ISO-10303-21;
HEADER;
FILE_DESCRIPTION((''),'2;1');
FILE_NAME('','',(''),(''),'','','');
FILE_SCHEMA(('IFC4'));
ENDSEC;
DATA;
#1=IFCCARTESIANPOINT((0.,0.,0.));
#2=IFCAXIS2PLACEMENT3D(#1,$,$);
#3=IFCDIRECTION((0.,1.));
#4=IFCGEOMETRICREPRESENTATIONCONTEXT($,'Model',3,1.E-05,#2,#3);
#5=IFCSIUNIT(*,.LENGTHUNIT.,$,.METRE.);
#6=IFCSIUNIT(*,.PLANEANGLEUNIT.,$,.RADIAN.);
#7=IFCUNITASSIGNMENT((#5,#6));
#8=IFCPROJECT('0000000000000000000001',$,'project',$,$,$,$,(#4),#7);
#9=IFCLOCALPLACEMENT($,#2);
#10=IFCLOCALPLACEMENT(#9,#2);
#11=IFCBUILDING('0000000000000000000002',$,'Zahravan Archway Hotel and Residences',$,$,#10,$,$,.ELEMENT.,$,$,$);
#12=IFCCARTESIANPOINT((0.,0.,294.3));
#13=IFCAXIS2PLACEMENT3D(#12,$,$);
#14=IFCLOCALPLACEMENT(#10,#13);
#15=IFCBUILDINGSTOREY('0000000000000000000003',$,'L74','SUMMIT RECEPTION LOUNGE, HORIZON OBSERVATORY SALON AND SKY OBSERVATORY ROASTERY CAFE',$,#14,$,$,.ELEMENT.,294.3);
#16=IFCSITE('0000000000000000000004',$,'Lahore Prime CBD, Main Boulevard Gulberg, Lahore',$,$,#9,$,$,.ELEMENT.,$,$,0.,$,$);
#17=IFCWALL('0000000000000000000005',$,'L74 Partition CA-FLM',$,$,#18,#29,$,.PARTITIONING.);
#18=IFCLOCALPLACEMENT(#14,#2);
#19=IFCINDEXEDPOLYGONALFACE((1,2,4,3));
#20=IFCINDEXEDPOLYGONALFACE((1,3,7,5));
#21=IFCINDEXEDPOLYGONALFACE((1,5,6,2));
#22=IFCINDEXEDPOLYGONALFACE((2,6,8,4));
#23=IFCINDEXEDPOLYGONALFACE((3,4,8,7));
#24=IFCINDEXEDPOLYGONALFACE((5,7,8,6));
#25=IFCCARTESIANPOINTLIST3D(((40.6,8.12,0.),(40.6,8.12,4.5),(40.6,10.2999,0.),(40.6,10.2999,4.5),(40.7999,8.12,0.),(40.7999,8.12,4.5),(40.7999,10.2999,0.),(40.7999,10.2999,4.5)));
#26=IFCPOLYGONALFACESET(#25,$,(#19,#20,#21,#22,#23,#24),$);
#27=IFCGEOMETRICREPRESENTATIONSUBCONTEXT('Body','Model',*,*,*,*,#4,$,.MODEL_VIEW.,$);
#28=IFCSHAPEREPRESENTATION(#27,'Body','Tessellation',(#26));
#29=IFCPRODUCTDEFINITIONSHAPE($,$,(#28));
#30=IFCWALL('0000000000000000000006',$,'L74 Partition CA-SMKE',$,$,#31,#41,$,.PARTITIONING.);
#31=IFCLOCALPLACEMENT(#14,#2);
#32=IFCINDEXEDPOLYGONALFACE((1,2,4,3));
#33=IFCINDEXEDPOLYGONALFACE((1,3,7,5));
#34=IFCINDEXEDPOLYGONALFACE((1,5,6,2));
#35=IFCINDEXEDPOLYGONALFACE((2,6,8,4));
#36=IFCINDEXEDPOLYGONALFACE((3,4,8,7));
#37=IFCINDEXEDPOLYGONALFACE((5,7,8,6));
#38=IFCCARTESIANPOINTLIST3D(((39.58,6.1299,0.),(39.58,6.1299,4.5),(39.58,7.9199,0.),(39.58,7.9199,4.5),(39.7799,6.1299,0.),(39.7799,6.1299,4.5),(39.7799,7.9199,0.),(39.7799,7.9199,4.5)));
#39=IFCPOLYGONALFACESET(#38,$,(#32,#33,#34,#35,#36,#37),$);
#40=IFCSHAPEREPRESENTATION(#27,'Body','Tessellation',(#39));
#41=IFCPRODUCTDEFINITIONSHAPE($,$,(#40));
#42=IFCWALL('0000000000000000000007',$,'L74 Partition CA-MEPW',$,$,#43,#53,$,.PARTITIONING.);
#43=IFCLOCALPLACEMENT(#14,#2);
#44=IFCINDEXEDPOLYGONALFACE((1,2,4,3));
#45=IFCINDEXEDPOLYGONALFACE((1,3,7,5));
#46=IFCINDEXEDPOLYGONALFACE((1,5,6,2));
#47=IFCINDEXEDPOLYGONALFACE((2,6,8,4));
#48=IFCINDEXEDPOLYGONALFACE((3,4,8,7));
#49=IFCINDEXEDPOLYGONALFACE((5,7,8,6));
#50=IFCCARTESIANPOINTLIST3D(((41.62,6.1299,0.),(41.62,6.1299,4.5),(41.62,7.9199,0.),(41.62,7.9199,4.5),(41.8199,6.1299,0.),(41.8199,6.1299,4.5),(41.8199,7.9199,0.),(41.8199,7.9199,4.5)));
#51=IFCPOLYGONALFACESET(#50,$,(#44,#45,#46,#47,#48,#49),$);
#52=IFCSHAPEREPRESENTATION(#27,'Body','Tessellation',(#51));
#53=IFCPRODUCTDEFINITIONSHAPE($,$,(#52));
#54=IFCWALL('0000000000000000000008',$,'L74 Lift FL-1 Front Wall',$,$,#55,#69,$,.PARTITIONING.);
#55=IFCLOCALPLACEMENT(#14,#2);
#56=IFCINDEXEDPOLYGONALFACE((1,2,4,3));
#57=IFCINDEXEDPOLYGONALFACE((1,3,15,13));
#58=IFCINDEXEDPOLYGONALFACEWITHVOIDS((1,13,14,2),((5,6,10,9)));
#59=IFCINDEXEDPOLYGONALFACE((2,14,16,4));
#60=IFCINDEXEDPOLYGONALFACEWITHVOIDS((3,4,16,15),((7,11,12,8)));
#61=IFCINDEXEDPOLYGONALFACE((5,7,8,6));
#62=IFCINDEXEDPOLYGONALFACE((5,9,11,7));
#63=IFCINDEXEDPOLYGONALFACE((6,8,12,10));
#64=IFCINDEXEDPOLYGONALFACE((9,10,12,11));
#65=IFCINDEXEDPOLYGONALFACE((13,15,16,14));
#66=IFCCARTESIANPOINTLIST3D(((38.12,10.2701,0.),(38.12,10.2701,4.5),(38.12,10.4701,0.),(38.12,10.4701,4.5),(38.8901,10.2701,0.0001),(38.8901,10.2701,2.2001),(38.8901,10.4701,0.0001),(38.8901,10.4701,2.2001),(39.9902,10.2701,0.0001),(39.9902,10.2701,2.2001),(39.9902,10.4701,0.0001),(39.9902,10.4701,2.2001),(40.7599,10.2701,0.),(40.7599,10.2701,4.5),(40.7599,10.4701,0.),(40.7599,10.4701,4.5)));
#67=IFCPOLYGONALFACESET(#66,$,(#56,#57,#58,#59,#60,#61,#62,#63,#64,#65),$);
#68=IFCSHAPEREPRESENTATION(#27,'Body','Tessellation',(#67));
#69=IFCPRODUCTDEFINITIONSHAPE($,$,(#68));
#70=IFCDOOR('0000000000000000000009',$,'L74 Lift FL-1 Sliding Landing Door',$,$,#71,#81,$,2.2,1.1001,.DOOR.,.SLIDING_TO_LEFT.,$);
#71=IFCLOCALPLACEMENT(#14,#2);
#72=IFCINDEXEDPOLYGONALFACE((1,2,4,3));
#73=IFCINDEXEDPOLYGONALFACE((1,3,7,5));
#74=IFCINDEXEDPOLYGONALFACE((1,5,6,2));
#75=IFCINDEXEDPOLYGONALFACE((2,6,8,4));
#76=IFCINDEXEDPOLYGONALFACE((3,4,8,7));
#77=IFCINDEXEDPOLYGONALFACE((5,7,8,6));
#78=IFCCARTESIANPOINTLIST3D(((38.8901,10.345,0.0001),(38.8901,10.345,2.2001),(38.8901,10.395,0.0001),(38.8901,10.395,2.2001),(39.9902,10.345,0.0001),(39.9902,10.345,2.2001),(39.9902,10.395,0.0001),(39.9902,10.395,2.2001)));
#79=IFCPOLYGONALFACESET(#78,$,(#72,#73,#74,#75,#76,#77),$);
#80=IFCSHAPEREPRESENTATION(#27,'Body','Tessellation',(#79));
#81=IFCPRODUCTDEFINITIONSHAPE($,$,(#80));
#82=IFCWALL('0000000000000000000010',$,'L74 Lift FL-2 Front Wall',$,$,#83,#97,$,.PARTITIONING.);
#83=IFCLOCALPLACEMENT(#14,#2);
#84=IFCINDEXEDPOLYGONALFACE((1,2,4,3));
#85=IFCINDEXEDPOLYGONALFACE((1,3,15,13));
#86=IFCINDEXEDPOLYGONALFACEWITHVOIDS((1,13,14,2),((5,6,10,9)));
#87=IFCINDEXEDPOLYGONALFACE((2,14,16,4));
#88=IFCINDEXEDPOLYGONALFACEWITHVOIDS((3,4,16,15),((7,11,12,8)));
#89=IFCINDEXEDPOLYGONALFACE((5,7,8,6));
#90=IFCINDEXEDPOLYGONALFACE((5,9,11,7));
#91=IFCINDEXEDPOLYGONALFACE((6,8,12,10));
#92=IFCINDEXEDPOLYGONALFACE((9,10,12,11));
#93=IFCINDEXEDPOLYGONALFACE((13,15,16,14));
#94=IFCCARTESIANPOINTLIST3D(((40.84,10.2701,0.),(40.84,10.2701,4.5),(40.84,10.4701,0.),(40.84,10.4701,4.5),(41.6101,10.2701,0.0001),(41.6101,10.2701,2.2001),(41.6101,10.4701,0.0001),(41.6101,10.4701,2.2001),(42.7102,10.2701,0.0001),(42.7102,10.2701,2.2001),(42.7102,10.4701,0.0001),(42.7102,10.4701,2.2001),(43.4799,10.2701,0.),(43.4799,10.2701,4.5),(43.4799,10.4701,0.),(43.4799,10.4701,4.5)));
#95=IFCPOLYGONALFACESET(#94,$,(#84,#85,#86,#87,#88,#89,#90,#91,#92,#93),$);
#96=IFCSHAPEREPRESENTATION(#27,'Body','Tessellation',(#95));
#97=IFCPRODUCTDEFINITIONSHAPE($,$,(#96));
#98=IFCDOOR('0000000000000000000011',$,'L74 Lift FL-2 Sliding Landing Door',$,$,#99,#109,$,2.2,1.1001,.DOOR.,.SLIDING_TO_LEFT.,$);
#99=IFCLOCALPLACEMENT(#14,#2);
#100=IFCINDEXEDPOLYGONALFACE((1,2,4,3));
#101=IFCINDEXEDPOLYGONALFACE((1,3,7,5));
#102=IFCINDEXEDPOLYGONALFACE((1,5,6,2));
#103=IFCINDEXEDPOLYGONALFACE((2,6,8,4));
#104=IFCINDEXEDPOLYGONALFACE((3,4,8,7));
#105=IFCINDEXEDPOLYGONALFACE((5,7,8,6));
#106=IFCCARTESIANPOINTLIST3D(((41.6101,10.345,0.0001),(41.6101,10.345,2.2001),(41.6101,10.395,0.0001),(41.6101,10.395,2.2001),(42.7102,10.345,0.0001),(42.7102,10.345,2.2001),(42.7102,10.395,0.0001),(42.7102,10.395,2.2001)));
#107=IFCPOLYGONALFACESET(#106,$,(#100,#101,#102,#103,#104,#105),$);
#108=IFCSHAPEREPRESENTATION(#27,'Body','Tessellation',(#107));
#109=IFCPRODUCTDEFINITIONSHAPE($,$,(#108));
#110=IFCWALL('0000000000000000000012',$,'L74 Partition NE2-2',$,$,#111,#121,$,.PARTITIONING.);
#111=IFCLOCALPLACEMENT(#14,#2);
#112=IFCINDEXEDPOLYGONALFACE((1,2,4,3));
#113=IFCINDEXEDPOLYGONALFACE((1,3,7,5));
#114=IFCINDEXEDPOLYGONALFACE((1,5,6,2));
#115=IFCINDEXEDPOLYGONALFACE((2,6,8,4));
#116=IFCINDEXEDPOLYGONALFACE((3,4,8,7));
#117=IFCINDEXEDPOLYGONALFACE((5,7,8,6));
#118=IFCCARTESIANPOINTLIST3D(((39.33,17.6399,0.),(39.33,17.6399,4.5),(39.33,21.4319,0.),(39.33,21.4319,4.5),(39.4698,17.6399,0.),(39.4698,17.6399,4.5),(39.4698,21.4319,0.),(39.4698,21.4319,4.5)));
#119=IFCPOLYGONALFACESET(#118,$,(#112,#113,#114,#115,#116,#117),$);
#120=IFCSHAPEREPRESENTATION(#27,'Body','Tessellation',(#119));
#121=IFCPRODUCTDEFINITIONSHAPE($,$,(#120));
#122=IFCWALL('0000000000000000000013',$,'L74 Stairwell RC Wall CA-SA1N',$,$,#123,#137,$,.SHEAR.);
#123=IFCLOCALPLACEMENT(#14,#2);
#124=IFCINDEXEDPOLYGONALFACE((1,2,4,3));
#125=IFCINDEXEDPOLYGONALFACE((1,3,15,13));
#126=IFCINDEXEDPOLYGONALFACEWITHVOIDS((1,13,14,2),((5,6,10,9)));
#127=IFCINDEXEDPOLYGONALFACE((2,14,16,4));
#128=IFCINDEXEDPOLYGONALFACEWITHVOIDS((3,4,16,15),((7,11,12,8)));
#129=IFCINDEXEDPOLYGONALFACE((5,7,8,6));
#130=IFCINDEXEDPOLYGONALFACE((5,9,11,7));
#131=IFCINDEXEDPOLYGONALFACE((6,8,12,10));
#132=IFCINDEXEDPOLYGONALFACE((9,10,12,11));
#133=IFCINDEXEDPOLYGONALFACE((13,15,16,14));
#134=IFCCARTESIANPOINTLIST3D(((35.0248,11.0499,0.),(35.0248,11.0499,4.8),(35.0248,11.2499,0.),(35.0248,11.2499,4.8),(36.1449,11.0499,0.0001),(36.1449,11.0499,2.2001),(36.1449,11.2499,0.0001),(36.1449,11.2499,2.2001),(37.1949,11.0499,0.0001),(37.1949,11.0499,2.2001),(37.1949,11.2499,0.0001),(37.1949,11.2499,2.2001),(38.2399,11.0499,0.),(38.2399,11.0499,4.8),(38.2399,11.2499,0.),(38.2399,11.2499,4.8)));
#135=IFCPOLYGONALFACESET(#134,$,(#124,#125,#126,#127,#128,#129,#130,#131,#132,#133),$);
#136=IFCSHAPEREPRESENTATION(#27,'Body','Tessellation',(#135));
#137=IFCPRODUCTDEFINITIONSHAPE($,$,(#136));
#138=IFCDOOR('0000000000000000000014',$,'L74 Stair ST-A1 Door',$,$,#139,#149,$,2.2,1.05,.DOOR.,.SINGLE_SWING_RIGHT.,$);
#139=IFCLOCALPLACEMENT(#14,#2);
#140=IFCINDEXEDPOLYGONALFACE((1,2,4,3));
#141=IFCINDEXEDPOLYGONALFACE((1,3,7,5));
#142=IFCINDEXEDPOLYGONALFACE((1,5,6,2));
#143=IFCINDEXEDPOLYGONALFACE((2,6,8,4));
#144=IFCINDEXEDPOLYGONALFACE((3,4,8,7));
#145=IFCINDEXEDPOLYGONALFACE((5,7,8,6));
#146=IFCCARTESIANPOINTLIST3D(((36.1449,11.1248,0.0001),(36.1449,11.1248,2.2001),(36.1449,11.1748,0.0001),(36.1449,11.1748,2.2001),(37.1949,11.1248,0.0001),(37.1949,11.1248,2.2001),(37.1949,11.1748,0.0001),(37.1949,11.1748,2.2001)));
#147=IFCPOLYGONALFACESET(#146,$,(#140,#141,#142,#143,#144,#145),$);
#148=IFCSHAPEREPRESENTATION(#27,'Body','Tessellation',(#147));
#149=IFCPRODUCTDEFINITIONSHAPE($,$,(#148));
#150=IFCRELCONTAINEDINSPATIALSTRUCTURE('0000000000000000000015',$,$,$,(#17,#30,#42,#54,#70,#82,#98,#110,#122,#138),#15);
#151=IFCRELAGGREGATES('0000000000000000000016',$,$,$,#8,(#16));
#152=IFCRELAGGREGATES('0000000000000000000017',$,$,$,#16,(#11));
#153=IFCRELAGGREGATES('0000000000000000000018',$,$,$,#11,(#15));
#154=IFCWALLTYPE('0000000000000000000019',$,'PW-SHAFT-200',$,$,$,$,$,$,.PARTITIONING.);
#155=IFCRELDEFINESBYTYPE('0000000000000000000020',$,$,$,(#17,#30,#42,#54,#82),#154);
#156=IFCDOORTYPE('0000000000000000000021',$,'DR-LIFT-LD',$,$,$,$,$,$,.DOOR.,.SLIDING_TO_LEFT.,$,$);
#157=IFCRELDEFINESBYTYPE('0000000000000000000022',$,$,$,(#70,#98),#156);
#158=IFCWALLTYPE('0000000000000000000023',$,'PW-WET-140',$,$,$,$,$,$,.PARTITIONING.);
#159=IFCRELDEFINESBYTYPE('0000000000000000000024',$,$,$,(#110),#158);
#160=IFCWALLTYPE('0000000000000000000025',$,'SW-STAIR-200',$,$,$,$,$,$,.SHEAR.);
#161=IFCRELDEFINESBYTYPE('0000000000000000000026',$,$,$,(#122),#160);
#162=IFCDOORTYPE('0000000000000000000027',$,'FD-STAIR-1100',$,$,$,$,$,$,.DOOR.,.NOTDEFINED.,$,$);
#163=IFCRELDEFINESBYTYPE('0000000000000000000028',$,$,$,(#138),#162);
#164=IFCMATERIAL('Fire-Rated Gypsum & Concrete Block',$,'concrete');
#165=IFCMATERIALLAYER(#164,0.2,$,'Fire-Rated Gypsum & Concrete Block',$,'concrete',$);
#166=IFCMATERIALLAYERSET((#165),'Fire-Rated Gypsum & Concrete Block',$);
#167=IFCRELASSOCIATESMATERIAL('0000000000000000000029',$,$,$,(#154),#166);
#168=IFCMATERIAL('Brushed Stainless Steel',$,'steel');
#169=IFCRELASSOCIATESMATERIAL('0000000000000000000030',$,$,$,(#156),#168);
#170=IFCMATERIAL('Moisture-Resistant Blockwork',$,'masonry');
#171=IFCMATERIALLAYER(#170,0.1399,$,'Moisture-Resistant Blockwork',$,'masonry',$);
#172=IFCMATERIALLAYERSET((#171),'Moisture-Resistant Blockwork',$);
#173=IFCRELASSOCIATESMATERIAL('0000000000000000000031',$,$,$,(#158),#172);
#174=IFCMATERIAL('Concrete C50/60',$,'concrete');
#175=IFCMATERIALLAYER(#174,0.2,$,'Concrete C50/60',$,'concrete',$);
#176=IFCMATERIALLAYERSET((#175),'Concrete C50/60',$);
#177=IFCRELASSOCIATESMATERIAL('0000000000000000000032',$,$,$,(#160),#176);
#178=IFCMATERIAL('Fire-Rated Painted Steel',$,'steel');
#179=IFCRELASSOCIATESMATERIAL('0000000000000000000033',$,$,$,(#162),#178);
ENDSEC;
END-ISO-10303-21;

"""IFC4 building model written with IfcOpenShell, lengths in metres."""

from ifc_helpers import new_model, si_unit, direction, frame, frame_2d, origin, place, context, subcontext, project, spatial, rectangle, extrude, source, transform, mapped, material, layer, layer_set, type_object, type_shapes, element, fill, save


model = new_model("IFC4")

# Units and contexts
model_context = context("Model", 3, precision=1e-05, world=origin(), true_north=direction((0.0, 1.0)))
body_context = subcontext(model_context, "Body", "Model", "MODEL_VIEW")
ifc_project = project(units=[si_unit("LENGTHUNIT", "METRE"), si_unit("PLANEANGLEUNIT", "RADIAN")], contexts=[model_context])

# Site, building, storey
site_placement = place(None, origin())
site = spatial("IfcSite", under=ifc_project, at=site_placement, Name="Lahore Prime CBD, Main Boulevard Gulberg, Lahore", CompositionType="ELEMENT", RefElevation=0.0)
building_placement = place(site_placement, origin())
building = spatial("IfcBuilding", under=site, at=building_placement, Name="Zahravan Archway Hotel and Residences", CompositionType="ELEMENT")
storey_placement = place(building_placement, frame((0.0, 0.0, 294.3)))
storey = spatial("IfcBuildingStorey", under=building, at=storey_placement, Name="L74", Description="SUMMIT RECEPTION LOUNGE, HORIZON OBSERVATORY SALON AND SKY OBSERVATORY ROASTERY CAFE", CompositionType="ELEMENT", Elevation=294.3)

# Shared definitions
ifc_material_1 = material(Name="Concrete C50/60", Category="concrete")

# Shared definitions
ifc_material_2 = material(Name="Fire-Rated Gypsum & Concrete Block", Category="concrete")
ifc_material_3 = material(Name="Fire-Rated Painted Steel", Category="steel")

# Walls
ifc_layer_1 = layer(ifc_material_2, 0.2, Name="Fire-Rated Gypsum & Concrete Block", Category="concrete")
ifc_layer_set_1 = layer_set([ifc_layer_1], Name="Fire-Rated Gypsum & Concrete Block")
wall_type_1 = type_object("IfcWallType", Name="PW-SHAFT-200", PredefinedType="PARTITIONING", material=ifc_layer_set_1)
wall_1_placement = place(storey_placement, frame((40.7, 8.1201, 0.0), z_axis=(0.0, 0.0, 1.0), x_axis=(0.0, 1.0, 0.0)))
element("IfcWall", 1, at=wall_1_placement, inside=storey, type_object=wall_type_1, Name="L74 Partition CA-FLM", PredefinedType="PARTITIONING", context=body_context, shape_type="SweptSolid", body=[
    extrude(rectangle(XDim=2.1799, YDim=0.2, at=frame_2d((1.0898, 0.0))), origin(), (0.0, 0.0, 1.0), 4.5),
])
for number, where, z_axis, x_axis, name in (
    (2, (39.6799, 6.1299, 0.0), (0.0, 0.0, 1.0), (0.0, 1.0, 0.0), "L74 Partition CA-SMKE"),
    (3, (41.72, 6.1299, 0.0), (0.0, 0.0, 1.0), (0.0, 1.0, 0.0), "L74 Partition CA-MEPW"),
):
    element("IfcWall", number, at=place(storey_placement, frame(where, z_axis=z_axis, x_axis=x_axis)), inside=storey, type_object=wall_type_1, Name=name, PredefinedType="PARTITIONING", context=body_context, shape_type="SweptSolid", body=[
        extrude(rectangle(XDim=1.79, YDim=0.2, at=frame_2d((0.895, 0.0))), origin(), (0.0, 0.0, 1.0), 4.5),
    ])

# Walls, openings, doors
wall_2_placement = place(storey_placement, frame((38.1201, 10.3701, 0.0), z_axis=(0.0, 0.0, 1.0), x_axis=(1.0, 0.0, 0.0)))
wall_2 = element("IfcWall", 4, at=wall_2_placement, inside=storey, type_object=wall_type_1, Name="L74 Lift FL-1 Front Wall", PredefinedType="PARTITIONING", context=body_context, shape_type="SweptSolid", body=[
    extrude(rectangle(XDim=2.6399, YDim=0.2, at=frame_2d((1.3198, 0.0))), origin(), (0.0, 0.0, 1.0), 4.5),
])
opening_1_placement = place(wall_2_placement, frame((0.77, 0.0, 0.0)))
opening_1 = element("IfcOpeningElement", 5, at=opening_1_placement, cuts=wall_2, PredefinedType="OPENING", context=body_context, shape_type="SweptSolid", body=[
    extrude(rectangle(XDim=1.1001, YDim=2.2, at=frame_2d((0.55, 1.1001))), frame((0.0, 0.1099, 0.0), z_axis=(0.0, -1.0, 0.0), x_axis=(1.0, 0.0, 0.0)), (0.0, 0.0, 1.0), 0.22),
])
ifc_material_4 = material(Name="Brushed Stainless Steel", Category="steel")
door_type_1 = type_object("IfcDoorType", Name="DR-LIFT-LD", OperationType="SLIDING_TO_LEFT", PredefinedType="DOOR", material=ifc_material_4)
shared_shape_1 = source(origin(), body_context, "Body", "SweptSolid", [
    extrude(rectangle(XDim=1.1001, YDim=2.2, at=frame_2d((0.55, 1.1001))), frame((0.0, 0.0249, 0.0), z_axis=(0.0, -1.0, 0.0), x_axis=(1.0, 0.0, 0.0)), (0.0, 0.0, 1.0), 0.05),
])
type_shapes(door_type_1, [shared_shape_1])
door_1_placement = place(opening_1_placement, origin())
door_1 = element("IfcDoor", 6, at=door_1_placement, inside=storey, type_object=door_type_1, Name="L74 Lift FL-1 Sliding Landing Door", OperationType="SLIDING_TO_LEFT", OverallHeight=2.2, OverallWidth=1.1001, PredefinedType="DOOR", context=body_context, shape_type="MappedRepresentation", body=[
    mapped(shared_shape_1, transform((0.0, 0.0, 0.0), scale=1.0)),
])
fill(opening_1, door_1)
wall_3_placement = place(storey_placement, frame((40.8401, 10.3701, 0.0), z_axis=(0.0, 0.0, 1.0), x_axis=(1.0, 0.0, 0.0)))
wall_3 = element("IfcWall", 7, at=wall_3_placement, inside=storey, type_object=wall_type_1, Name="L74 Lift FL-2 Front Wall", PredefinedType="PARTITIONING", context=body_context, shape_type="SweptSolid", body=[
    extrude(rectangle(XDim=2.6399, YDim=0.2, at=frame_2d((1.3198, 0.0))), origin(), (0.0, 0.0, 1.0), 4.5),
])
opening_2_placement = place(wall_3_placement, frame((0.77, 0.0, 0.0)))
opening_2 = element("IfcOpeningElement", 8, at=opening_2_placement, cuts=wall_3, PredefinedType="OPENING", context=body_context, shape_type="SweptSolid", body=[
    extrude(rectangle(XDim=1.1001, YDim=2.2, at=frame_2d((0.55, 1.1001))), frame((0.0, 0.1099, 0.0), z_axis=(0.0, -1.0, 0.0), x_axis=(1.0, 0.0, 0.0)), (0.0, 0.0, 1.0), 0.22),
])
door_2_placement = place(opening_2_placement, origin())
door_2 = element("IfcDoor", 9, at=door_2_placement, inside=storey, type_object=door_type_1, Name="L74 Lift FL-2 Sliding Landing Door", OperationType="SLIDING_TO_LEFT", OverallHeight=2.2, OverallWidth=1.1001, PredefinedType="DOOR", context=body_context, shape_type="MappedRepresentation", body=[
    mapped(shared_shape_1, transform((0.0, 0.0, 0.0), scale=1.0)),
])
fill(opening_2, door_2)

# Wall
ifc_material_5 = material(Name="Moisture-Resistant Blockwork", Category="masonry")
ifc_layer_2 = layer(ifc_material_5, 0.1399, Name="Moisture-Resistant Blockwork", Category="masonry")
ifc_layer_set_2 = layer_set([ifc_layer_2], Name="Moisture-Resistant Blockwork")
wall_type_2 = type_object("IfcWallType", Name="PW-WET-140", PredefinedType="PARTITIONING", material=ifc_layer_set_2)
wall_4_placement = place(storey_placement, frame((39.3999, 17.6399, 0.0), z_axis=(0.0, 0.0, 1.0), x_axis=(0.0, 1.0, 0.0)))
element("IfcWall", 10, at=wall_4_placement, inside=storey, type_object=wall_type_2, Name="L74 Partition NE2-2", PredefinedType="PARTITIONING", context=body_context, shape_type="SweptSolid", body=[
    extrude(rectangle(XDim=3.792, YDim=0.1399, at=frame_2d((1.896, 0.0))), origin(), (0.0, 0.0, 1.0), 4.5),
])

# Wall, opening, door
ifc_layer_3 = layer(ifc_material_1, 0.2, Name="Concrete C50/60", Category="concrete")
ifc_layer_set_3 = layer_set([ifc_layer_3], Name="Concrete C50/60")
wall_type_3 = type_object("IfcWallType", Name="SW-STAIR-200", PredefinedType="SHEAR", material=ifc_layer_set_3)
wall_5_placement = place(storey_placement, frame((35.0249, 11.1499, 0.0), z_axis=(0.0, 0.0, 1.0), x_axis=(1.0, 0.0, 0.0)))
wall_5 = element("IfcWall", 11, at=wall_5_placement, inside=storey, type_object=wall_type_3, Name="L74 Stairwell RC Wall CA-SA1N", PredefinedType="SHEAR", context=body_context, shape_type="SweptSolid", body=[
    extrude(rectangle(XDim=3.2151, YDim=0.2, at=frame_2d((1.6074, 0.0))), origin(), (0.0, 0.0, 1.0), 4.8),
])
opening_3_placement = place(wall_5_placement, frame((1.1201, 0.0, 0.0)))
opening_3 = element("IfcOpeningElement", 12, at=opening_3_placement, cuts=wall_5, PredefinedType="OPENING", context=body_context, shape_type="SweptSolid", body=[
    extrude(rectangle(XDim=1.05, YDim=2.2, at=frame_2d((0.5249, 1.1001))), frame((0.0, 0.1099, 0.0), z_axis=(0.0, -1.0, 0.0), x_axis=(1.0, 0.0, 0.0)), (0.0, 0.0, 1.0), 0.22),
])
door_type_2 = type_object("IfcDoorType", Name="FD-STAIR-1100", OperationType="NOTDEFINED", PredefinedType="DOOR", material=ifc_material_3)
shared_shape_2 = source(origin(), body_context, "Body", "SweptSolid", [
    extrude(rectangle(XDim=1.05, YDim=2.2, at=frame_2d((0.5249, 1.1001))), frame((0.0, 0.0249, 0.0), z_axis=(0.0, -1.0, 0.0), x_axis=(1.0, 0.0, 0.0)), (0.0, 0.0, 1.0), 0.05),
])
type_shapes(door_type_2, [shared_shape_2])
door_3_placement = place(opening_3_placement, origin())
door_3 = element("IfcDoor", 13, at=door_3_placement, inside=storey, type_object=door_type_2, Name="L74 Stair ST-A1 Door", OperationType="SINGLE_SWING_RIGHT", OverallHeight=2.2, OverallWidth=1.05, PredefinedType="DOOR", context=body_context, shape_type="MappedRepresentation", body=[
    mapped(shared_shape_2, transform((0.0, 0.0, 0.0), scale=1.0)),
])
fill(opening_3, door_3)

save(model, "model.ifc")
